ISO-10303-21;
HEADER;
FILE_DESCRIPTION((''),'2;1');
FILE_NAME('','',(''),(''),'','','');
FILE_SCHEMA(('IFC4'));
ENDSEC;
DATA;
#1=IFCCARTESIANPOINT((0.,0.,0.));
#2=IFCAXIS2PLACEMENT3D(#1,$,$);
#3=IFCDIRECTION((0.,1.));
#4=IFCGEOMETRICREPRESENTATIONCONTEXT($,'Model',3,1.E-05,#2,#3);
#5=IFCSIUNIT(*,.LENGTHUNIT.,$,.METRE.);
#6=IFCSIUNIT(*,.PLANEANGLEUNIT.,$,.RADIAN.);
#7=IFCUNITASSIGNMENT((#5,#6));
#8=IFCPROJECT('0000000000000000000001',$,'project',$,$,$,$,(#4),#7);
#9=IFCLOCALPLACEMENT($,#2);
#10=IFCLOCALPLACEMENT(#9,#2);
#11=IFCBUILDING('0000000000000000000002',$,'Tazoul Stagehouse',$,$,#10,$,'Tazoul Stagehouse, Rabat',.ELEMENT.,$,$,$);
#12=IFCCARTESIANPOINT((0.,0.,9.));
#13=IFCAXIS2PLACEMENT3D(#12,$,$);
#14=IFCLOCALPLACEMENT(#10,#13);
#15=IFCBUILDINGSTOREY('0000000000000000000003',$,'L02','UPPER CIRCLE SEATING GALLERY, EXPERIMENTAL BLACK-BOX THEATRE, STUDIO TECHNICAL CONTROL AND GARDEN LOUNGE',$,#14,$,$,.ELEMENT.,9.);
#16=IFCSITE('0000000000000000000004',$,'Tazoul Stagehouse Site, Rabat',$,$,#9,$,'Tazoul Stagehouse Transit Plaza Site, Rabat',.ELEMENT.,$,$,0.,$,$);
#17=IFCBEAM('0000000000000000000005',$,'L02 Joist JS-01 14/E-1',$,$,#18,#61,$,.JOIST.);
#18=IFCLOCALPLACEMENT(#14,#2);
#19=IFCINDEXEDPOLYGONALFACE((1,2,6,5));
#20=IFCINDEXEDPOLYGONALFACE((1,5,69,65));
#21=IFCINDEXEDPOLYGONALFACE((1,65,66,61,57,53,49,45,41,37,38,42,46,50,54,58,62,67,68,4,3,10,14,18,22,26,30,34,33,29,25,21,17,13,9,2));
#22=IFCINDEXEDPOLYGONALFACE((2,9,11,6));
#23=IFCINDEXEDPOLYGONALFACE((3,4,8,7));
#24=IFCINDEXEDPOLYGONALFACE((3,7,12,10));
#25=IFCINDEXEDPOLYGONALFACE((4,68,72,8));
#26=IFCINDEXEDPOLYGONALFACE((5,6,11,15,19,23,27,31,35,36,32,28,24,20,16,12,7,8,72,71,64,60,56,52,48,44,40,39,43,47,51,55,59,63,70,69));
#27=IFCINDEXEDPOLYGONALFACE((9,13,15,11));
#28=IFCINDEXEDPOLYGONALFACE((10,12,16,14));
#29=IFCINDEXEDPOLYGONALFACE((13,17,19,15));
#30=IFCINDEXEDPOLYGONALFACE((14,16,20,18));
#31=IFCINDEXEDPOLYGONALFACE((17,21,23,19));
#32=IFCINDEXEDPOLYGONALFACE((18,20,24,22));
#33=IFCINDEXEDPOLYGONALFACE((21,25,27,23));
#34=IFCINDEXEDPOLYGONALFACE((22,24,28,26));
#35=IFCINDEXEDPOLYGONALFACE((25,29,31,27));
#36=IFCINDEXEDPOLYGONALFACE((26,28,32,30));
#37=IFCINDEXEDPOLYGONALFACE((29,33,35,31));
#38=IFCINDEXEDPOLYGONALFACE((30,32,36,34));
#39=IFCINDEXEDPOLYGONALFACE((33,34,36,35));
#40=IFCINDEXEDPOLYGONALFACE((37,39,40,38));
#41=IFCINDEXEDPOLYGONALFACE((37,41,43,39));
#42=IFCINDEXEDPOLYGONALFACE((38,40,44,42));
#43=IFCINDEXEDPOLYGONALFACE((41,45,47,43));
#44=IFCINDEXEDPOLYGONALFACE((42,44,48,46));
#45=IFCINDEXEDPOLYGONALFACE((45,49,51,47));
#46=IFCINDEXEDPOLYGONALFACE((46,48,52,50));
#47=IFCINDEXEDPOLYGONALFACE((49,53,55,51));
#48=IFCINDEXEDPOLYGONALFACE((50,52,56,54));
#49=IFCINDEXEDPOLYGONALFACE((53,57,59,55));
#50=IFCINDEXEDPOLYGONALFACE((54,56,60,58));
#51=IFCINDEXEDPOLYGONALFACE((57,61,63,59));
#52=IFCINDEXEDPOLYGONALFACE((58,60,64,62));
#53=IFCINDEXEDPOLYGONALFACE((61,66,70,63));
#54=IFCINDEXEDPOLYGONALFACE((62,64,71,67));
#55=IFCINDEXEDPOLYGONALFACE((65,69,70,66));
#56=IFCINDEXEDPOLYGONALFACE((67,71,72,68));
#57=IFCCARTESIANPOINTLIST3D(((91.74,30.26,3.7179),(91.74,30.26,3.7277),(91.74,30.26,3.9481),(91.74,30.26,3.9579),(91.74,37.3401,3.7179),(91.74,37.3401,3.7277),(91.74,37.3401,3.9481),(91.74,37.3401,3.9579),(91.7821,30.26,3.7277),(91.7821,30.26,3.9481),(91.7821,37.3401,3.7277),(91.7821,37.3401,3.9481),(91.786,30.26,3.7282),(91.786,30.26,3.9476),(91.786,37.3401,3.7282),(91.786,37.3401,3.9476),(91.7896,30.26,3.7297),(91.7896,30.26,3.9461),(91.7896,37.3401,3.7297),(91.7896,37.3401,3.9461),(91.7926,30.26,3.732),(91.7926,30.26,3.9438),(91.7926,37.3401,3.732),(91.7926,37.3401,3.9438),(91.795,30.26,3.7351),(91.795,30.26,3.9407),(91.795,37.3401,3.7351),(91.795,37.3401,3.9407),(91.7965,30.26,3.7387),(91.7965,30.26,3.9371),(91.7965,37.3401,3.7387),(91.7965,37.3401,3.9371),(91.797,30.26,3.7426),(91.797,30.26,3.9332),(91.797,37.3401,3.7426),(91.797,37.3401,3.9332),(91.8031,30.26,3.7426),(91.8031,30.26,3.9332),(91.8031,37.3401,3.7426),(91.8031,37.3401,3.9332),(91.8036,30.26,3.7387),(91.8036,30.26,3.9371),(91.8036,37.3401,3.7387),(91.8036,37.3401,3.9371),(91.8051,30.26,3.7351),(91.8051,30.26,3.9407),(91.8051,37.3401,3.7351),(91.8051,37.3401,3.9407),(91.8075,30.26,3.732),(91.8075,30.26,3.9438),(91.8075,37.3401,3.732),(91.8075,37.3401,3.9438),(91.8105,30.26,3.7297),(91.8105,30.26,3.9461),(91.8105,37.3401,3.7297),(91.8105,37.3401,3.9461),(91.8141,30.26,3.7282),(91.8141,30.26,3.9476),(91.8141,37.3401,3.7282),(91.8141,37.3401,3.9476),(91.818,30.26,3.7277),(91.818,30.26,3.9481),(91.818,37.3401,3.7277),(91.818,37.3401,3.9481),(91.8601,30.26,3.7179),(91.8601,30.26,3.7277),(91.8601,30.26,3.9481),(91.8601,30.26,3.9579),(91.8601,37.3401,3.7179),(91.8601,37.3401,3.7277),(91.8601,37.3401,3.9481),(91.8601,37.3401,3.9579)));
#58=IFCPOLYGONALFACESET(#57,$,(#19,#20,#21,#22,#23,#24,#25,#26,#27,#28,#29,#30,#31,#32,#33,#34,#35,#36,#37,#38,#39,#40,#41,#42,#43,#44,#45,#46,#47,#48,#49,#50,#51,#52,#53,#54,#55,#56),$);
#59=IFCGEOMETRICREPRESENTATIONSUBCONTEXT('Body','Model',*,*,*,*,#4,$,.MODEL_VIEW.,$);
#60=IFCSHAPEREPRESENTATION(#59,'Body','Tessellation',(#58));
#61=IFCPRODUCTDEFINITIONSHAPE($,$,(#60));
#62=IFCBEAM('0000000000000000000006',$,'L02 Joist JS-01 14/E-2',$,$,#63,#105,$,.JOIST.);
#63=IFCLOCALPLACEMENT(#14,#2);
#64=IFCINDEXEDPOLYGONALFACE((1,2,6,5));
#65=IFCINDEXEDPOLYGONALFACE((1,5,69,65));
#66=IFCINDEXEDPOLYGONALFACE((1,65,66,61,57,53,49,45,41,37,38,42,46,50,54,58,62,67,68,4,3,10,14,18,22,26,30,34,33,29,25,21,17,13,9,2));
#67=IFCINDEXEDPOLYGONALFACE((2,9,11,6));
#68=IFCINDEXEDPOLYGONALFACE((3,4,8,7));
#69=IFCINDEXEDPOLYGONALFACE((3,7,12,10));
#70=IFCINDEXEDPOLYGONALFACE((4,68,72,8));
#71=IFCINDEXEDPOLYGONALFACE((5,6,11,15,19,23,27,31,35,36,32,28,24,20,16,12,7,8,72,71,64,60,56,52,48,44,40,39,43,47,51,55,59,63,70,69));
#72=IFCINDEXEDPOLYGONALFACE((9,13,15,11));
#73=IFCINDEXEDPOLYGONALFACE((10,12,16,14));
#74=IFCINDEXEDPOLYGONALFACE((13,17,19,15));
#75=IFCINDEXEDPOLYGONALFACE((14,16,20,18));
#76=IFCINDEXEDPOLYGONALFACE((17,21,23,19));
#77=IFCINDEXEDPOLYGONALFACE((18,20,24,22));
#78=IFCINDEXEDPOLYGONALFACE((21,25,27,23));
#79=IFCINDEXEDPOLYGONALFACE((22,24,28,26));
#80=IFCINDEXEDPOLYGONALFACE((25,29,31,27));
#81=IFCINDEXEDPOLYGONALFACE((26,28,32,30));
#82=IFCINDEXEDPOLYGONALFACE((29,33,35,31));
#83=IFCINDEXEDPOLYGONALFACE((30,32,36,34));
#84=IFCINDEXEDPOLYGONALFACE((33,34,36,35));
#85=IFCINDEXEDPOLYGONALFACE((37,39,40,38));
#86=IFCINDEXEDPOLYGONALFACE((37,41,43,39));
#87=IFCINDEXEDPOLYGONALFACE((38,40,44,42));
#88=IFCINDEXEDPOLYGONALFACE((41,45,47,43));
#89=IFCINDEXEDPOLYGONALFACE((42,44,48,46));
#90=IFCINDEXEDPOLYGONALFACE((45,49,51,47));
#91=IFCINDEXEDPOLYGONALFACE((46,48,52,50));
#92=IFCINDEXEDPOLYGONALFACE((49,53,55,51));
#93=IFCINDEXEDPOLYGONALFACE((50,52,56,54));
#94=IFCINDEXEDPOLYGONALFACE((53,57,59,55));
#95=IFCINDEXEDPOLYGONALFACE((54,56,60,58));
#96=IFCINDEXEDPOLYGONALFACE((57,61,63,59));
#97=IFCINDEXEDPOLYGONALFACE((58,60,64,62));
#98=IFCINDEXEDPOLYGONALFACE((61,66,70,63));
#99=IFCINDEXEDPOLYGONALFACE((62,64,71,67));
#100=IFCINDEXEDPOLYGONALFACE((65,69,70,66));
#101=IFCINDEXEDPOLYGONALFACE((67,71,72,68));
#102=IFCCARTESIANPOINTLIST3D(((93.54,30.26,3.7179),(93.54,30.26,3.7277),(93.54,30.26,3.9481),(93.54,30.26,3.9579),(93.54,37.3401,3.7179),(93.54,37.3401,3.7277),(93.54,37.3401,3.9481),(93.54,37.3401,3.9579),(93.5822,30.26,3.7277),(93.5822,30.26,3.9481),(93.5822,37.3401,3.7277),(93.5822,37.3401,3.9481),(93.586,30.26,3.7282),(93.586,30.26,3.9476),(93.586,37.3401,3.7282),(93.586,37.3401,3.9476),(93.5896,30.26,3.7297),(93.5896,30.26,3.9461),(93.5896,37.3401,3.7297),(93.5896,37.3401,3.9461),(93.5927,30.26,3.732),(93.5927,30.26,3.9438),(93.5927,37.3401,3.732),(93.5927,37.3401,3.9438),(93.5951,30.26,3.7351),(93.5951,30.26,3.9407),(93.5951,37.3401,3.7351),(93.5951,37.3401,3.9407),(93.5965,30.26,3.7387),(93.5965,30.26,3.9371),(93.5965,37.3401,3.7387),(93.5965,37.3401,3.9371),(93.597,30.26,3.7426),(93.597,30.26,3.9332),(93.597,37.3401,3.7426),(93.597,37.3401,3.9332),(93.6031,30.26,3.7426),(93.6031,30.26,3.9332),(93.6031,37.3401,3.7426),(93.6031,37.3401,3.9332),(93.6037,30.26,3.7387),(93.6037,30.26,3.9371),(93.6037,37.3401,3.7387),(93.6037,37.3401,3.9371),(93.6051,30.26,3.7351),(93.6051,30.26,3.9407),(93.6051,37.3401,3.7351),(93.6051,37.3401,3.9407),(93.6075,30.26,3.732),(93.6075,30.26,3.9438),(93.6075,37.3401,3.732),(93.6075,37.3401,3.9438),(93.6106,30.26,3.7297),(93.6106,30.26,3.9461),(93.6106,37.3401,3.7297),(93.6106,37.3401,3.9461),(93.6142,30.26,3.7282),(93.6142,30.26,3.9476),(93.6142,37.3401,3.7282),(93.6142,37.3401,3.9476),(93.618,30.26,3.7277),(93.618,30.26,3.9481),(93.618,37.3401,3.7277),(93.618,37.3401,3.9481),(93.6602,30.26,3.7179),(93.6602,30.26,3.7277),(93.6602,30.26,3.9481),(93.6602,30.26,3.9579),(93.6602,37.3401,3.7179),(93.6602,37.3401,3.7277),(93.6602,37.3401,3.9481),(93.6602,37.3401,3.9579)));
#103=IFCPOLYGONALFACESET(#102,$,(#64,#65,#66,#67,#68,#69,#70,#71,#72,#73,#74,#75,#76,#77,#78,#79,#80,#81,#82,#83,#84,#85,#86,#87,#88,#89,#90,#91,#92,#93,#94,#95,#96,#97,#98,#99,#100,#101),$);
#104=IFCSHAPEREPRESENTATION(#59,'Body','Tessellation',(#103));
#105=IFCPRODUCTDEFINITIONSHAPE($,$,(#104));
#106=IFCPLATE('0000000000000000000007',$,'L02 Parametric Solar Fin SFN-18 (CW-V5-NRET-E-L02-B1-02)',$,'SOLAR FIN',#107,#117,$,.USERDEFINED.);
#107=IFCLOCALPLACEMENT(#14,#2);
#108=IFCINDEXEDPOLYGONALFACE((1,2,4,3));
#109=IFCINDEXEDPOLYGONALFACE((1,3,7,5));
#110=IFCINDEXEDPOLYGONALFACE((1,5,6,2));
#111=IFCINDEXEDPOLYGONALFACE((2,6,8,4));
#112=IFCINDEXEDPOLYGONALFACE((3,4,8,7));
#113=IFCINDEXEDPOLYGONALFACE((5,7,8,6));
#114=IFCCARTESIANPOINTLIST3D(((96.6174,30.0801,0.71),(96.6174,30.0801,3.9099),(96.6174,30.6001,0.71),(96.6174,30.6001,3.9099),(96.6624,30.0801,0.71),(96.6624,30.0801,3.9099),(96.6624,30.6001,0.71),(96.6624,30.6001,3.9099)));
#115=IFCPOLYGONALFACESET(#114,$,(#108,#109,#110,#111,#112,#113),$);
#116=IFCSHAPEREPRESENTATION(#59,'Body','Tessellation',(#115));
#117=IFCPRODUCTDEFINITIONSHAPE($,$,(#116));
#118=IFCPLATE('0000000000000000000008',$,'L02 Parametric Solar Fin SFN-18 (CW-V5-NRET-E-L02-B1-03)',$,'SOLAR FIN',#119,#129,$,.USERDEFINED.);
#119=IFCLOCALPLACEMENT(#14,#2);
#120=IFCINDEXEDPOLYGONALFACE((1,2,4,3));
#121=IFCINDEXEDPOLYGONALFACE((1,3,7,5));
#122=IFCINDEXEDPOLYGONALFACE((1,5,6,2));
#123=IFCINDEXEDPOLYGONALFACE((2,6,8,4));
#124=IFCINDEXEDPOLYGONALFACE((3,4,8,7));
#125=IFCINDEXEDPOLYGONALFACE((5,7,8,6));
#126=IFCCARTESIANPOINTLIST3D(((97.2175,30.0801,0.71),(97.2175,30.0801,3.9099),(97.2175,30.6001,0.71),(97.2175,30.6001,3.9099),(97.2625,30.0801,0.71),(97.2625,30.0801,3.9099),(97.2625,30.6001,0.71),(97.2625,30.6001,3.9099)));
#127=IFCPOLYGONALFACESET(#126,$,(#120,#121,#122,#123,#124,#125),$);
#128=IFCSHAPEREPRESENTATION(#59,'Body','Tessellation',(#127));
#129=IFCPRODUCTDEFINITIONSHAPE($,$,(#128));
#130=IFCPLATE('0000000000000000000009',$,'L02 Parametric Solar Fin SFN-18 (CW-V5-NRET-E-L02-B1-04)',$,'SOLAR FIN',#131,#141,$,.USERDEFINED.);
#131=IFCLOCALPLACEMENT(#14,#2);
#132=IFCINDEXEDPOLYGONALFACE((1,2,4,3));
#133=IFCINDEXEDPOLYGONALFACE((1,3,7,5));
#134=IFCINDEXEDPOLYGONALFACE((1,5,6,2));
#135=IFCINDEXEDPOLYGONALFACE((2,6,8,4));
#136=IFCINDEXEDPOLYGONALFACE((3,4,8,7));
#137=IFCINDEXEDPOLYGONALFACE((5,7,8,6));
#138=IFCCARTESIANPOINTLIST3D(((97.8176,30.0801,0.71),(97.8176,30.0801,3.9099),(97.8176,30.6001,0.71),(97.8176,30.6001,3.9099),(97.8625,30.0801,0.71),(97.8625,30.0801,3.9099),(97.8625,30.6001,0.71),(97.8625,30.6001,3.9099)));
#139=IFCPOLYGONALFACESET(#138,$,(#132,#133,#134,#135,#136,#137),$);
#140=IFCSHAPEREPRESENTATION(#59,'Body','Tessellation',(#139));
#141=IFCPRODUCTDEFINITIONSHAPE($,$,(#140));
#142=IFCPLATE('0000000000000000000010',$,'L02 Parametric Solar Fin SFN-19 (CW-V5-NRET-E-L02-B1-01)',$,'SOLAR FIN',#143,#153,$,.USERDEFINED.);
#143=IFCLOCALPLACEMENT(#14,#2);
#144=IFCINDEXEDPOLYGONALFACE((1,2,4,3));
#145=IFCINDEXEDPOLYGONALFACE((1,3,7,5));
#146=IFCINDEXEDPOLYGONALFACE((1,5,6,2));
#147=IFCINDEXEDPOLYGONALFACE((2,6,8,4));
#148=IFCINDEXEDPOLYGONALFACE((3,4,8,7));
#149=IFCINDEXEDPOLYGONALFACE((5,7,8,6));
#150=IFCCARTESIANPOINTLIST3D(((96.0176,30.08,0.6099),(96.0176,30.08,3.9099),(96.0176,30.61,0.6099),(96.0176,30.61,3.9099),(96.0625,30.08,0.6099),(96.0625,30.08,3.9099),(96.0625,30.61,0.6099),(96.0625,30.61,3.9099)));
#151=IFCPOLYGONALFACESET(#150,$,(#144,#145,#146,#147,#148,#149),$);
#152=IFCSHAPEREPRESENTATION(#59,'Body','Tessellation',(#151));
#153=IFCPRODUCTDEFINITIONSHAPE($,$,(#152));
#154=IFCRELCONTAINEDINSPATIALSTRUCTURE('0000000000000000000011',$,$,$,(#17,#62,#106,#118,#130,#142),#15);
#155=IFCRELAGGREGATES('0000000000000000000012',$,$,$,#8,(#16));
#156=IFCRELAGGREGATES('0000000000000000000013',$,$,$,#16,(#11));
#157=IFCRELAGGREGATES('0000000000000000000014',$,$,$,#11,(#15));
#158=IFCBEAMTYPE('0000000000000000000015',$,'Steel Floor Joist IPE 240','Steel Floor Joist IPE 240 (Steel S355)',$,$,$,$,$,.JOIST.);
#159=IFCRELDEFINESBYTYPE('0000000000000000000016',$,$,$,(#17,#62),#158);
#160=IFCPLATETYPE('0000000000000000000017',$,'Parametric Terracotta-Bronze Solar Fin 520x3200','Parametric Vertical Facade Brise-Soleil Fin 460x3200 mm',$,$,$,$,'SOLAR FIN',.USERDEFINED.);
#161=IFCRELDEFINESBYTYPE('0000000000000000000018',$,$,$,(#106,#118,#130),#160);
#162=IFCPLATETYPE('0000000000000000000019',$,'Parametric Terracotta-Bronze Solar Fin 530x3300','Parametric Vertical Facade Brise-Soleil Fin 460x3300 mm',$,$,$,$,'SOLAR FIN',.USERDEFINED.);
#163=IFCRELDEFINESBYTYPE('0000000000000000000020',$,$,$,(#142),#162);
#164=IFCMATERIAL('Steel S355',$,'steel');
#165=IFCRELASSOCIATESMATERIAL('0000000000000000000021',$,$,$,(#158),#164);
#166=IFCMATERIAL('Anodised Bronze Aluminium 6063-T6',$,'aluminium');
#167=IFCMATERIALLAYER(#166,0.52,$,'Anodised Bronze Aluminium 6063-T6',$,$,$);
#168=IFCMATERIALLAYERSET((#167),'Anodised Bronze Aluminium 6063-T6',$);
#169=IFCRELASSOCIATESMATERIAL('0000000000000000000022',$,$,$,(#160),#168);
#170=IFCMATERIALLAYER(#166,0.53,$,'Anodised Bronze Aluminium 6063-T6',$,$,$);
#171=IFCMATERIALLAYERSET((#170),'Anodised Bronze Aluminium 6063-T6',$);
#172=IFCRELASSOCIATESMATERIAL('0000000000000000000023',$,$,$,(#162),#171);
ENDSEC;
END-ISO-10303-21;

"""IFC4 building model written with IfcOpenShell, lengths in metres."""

from ifc_helpers import new_model, si_unit, direction, frame, origin, origin_2d, place, context, subcontext, project, spatial, rectangle, i_section, extrude, material, layer, layer_set, material_profile, profile_set, type_object, element, save


model = new_model("IFC4")

# Units and contexts
model_context = context("Model", 3, precision=1e-05, world=origin(), true_north=direction((0.0, 1.0)))
body_context = subcontext(model_context, "Body", "Model", "MODEL_VIEW")
ifc_project = project(units=[si_unit("LENGTHUNIT", "METRE"), si_unit("PLANEANGLEUNIT", "RADIAN")], contexts=[model_context])

# Site, building, storey
site_placement = place(None, origin())
site = spatial("IfcSite", under=ifc_project, at=site_placement, Name="Tazoul Stagehouse Site, Rabat", LongName="Tazoul Stagehouse Transit Plaza Site, Rabat", CompositionType="ELEMENT", RefElevation=0.0)
building_placement = place(site_placement, origin())
building = spatial("IfcBuilding", under=site, at=building_placement, Name="Tazoul Stagehouse", LongName="Tazoul Stagehouse, Rabat", CompositionType="ELEMENT")
storey_placement = place(building_placement, frame((0.0, 0.0, 9.0)))
storey = spatial("IfcBuildingStorey", under=building, at=storey_placement, Name="L02", Description="UPPER CIRCLE SEATING GALLERY, EXPERIMENTAL BLACK-BOX THEATRE, STUDIO TECHNICAL CONTROL AND GARDEN LOUNGE", CompositionType="ELEMENT", Elevation=9.0)

# Beams
ifc_material_1 = material(Name="Steel S355", Category="steel")
ifc_material_profile_1 = material_profile(ifc_material_1, i_section(OverallWidth=0.1201, OverallDepth=0.24, WebThickness=0.0061, FlangeThickness=0.0098, FilletRadius=0.0149, at=origin_2d()), Name="IPE 240")
ifc_profile_set_1 = profile_set([ifc_material_profile_1], Name="Steel S355")
beam_type_1 = type_object("IfcBeamType", Name="Steel Floor Joist IPE 240", Description="Steel Floor Joist IPE 240 (Steel S355)", PredefinedType="JOIST", material=ifc_profile_set_1)
for number, where, z_axis, x_axis, name in (
    (1, (91.8, 30.26, 3.8379), (0.0, 1.0, 0.0), (-1.0, 0.0, 0.0), "L02 Joist JS-01 14/E-1"),
    (2, (93.6001, 30.26, 3.8379), (0.0, 1.0, 0.0), (-1.0, 0.0, 0.0), "L02 Joist JS-01 14/E-2"),
):
    element("IfcBeam", number, at=place(storey_placement, frame(where, z_axis=z_axis, x_axis=x_axis)), inside=storey, type_object=beam_type_1, Name=name, PredefinedType="JOIST", context=body_context, shape_type="SweptSolid", body=[
        extrude(i_section(OverallWidth=0.1201, OverallDepth=0.24, WebThickness=0.0061, FlangeThickness=0.0098, FilletRadius=0.0149, at=origin_2d()), origin(), (0.0, 0.0, 1.0), 7.0801),
    ])

# Plates
ifc_material_2 = material(Name="Anodised Bronze Aluminium 6063-T6", Category="aluminium")
ifc_layer_1 = layer(ifc_material_2, 0.52, Name="Anodised Bronze Aluminium 6063-T6")
ifc_layer_set_1 = layer_set([ifc_layer_1], Name="Anodised Bronze Aluminium 6063-T6")
plate_type_1 = type_object("IfcPlateType", Name="Parametric Terracotta-Bronze Solar Fin 520x3200", Description="Parametric Vertical Facade Brise-Soleil Fin 460x3200 mm", ElementType="SOLAR FIN", PredefinedType="USERDEFINED", material=ifc_layer_set_1)
for number, where, z_axis, x_axis, name in (
    (3, (96.6399, 30.3401, 0.71), (0.0, 0.0, 1.0), (1.0, 0.0, 0.0), "L02 Parametric Solar Fin SFN-18 (CW-V5-NRET-E-L02-B1-02)"),
    (4, (97.24, 30.3401, 0.71), (0.0, 0.0, 1.0), (1.0, 0.0, 0.0), "L02 Parametric Solar Fin SFN-18 (CW-V5-NRET-E-L02-B1-03)"),
    (5, (97.8401, 30.3401, 0.71), (0.0, 0.0, 1.0), (1.0, 0.0, 0.0), "L02 Parametric Solar Fin SFN-18 (CW-V5-NRET-E-L02-B1-04)"),
):
    element("IfcPlate", number, at=place(storey_placement, frame(where, z_axis=z_axis, x_axis=x_axis)), inside=storey, type_object=plate_type_1, Name=name, ObjectType="SOLAR FIN", PredefinedType="USERDEFINED", context=body_context, shape_type="SweptSolid", body=[
        extrude(rectangle(XDim=0.0449, YDim=0.52, at=origin_2d()), origin(), (0.0, 0.0, 1.0), 3.2),
    ])
ifc_layer_2 = layer(ifc_material_2, 0.53, Name="Anodised Bronze Aluminium 6063-T6")
ifc_layer_set_2 = layer_set([ifc_layer_2], Name="Anodised Bronze Aluminium 6063-T6")
plate_type_2 = type_object("IfcPlateType", Name="Parametric Terracotta-Bronze Solar Fin 530x3300", Description="Parametric Vertical Facade Brise-Soleil Fin 460x3300 mm", ElementType="SOLAR FIN", PredefinedType="USERDEFINED", material=ifc_layer_set_2)
plate_placement = place(storey_placement, frame((96.04, 30.345, 0.6099), z_axis=(0.0, 0.0, 1.0), x_axis=(1.0, 0.0, 0.0)))
element("IfcPlate", 6, at=plate_placement, inside=storey, type_object=plate_type_2, Name="L02 Parametric Solar Fin SFN-19 (CW-V5-NRET-E-L02-B1-01)", ObjectType="SOLAR FIN", PredefinedType="USERDEFINED", context=body_context, shape_type="SweptSolid", body=[
    extrude(rectangle(XDim=0.0449, YDim=0.53, at=origin_2d()), origin(), (0.0, 0.0, 1.0), 3.3),
])

save(model, "model.ifc")
